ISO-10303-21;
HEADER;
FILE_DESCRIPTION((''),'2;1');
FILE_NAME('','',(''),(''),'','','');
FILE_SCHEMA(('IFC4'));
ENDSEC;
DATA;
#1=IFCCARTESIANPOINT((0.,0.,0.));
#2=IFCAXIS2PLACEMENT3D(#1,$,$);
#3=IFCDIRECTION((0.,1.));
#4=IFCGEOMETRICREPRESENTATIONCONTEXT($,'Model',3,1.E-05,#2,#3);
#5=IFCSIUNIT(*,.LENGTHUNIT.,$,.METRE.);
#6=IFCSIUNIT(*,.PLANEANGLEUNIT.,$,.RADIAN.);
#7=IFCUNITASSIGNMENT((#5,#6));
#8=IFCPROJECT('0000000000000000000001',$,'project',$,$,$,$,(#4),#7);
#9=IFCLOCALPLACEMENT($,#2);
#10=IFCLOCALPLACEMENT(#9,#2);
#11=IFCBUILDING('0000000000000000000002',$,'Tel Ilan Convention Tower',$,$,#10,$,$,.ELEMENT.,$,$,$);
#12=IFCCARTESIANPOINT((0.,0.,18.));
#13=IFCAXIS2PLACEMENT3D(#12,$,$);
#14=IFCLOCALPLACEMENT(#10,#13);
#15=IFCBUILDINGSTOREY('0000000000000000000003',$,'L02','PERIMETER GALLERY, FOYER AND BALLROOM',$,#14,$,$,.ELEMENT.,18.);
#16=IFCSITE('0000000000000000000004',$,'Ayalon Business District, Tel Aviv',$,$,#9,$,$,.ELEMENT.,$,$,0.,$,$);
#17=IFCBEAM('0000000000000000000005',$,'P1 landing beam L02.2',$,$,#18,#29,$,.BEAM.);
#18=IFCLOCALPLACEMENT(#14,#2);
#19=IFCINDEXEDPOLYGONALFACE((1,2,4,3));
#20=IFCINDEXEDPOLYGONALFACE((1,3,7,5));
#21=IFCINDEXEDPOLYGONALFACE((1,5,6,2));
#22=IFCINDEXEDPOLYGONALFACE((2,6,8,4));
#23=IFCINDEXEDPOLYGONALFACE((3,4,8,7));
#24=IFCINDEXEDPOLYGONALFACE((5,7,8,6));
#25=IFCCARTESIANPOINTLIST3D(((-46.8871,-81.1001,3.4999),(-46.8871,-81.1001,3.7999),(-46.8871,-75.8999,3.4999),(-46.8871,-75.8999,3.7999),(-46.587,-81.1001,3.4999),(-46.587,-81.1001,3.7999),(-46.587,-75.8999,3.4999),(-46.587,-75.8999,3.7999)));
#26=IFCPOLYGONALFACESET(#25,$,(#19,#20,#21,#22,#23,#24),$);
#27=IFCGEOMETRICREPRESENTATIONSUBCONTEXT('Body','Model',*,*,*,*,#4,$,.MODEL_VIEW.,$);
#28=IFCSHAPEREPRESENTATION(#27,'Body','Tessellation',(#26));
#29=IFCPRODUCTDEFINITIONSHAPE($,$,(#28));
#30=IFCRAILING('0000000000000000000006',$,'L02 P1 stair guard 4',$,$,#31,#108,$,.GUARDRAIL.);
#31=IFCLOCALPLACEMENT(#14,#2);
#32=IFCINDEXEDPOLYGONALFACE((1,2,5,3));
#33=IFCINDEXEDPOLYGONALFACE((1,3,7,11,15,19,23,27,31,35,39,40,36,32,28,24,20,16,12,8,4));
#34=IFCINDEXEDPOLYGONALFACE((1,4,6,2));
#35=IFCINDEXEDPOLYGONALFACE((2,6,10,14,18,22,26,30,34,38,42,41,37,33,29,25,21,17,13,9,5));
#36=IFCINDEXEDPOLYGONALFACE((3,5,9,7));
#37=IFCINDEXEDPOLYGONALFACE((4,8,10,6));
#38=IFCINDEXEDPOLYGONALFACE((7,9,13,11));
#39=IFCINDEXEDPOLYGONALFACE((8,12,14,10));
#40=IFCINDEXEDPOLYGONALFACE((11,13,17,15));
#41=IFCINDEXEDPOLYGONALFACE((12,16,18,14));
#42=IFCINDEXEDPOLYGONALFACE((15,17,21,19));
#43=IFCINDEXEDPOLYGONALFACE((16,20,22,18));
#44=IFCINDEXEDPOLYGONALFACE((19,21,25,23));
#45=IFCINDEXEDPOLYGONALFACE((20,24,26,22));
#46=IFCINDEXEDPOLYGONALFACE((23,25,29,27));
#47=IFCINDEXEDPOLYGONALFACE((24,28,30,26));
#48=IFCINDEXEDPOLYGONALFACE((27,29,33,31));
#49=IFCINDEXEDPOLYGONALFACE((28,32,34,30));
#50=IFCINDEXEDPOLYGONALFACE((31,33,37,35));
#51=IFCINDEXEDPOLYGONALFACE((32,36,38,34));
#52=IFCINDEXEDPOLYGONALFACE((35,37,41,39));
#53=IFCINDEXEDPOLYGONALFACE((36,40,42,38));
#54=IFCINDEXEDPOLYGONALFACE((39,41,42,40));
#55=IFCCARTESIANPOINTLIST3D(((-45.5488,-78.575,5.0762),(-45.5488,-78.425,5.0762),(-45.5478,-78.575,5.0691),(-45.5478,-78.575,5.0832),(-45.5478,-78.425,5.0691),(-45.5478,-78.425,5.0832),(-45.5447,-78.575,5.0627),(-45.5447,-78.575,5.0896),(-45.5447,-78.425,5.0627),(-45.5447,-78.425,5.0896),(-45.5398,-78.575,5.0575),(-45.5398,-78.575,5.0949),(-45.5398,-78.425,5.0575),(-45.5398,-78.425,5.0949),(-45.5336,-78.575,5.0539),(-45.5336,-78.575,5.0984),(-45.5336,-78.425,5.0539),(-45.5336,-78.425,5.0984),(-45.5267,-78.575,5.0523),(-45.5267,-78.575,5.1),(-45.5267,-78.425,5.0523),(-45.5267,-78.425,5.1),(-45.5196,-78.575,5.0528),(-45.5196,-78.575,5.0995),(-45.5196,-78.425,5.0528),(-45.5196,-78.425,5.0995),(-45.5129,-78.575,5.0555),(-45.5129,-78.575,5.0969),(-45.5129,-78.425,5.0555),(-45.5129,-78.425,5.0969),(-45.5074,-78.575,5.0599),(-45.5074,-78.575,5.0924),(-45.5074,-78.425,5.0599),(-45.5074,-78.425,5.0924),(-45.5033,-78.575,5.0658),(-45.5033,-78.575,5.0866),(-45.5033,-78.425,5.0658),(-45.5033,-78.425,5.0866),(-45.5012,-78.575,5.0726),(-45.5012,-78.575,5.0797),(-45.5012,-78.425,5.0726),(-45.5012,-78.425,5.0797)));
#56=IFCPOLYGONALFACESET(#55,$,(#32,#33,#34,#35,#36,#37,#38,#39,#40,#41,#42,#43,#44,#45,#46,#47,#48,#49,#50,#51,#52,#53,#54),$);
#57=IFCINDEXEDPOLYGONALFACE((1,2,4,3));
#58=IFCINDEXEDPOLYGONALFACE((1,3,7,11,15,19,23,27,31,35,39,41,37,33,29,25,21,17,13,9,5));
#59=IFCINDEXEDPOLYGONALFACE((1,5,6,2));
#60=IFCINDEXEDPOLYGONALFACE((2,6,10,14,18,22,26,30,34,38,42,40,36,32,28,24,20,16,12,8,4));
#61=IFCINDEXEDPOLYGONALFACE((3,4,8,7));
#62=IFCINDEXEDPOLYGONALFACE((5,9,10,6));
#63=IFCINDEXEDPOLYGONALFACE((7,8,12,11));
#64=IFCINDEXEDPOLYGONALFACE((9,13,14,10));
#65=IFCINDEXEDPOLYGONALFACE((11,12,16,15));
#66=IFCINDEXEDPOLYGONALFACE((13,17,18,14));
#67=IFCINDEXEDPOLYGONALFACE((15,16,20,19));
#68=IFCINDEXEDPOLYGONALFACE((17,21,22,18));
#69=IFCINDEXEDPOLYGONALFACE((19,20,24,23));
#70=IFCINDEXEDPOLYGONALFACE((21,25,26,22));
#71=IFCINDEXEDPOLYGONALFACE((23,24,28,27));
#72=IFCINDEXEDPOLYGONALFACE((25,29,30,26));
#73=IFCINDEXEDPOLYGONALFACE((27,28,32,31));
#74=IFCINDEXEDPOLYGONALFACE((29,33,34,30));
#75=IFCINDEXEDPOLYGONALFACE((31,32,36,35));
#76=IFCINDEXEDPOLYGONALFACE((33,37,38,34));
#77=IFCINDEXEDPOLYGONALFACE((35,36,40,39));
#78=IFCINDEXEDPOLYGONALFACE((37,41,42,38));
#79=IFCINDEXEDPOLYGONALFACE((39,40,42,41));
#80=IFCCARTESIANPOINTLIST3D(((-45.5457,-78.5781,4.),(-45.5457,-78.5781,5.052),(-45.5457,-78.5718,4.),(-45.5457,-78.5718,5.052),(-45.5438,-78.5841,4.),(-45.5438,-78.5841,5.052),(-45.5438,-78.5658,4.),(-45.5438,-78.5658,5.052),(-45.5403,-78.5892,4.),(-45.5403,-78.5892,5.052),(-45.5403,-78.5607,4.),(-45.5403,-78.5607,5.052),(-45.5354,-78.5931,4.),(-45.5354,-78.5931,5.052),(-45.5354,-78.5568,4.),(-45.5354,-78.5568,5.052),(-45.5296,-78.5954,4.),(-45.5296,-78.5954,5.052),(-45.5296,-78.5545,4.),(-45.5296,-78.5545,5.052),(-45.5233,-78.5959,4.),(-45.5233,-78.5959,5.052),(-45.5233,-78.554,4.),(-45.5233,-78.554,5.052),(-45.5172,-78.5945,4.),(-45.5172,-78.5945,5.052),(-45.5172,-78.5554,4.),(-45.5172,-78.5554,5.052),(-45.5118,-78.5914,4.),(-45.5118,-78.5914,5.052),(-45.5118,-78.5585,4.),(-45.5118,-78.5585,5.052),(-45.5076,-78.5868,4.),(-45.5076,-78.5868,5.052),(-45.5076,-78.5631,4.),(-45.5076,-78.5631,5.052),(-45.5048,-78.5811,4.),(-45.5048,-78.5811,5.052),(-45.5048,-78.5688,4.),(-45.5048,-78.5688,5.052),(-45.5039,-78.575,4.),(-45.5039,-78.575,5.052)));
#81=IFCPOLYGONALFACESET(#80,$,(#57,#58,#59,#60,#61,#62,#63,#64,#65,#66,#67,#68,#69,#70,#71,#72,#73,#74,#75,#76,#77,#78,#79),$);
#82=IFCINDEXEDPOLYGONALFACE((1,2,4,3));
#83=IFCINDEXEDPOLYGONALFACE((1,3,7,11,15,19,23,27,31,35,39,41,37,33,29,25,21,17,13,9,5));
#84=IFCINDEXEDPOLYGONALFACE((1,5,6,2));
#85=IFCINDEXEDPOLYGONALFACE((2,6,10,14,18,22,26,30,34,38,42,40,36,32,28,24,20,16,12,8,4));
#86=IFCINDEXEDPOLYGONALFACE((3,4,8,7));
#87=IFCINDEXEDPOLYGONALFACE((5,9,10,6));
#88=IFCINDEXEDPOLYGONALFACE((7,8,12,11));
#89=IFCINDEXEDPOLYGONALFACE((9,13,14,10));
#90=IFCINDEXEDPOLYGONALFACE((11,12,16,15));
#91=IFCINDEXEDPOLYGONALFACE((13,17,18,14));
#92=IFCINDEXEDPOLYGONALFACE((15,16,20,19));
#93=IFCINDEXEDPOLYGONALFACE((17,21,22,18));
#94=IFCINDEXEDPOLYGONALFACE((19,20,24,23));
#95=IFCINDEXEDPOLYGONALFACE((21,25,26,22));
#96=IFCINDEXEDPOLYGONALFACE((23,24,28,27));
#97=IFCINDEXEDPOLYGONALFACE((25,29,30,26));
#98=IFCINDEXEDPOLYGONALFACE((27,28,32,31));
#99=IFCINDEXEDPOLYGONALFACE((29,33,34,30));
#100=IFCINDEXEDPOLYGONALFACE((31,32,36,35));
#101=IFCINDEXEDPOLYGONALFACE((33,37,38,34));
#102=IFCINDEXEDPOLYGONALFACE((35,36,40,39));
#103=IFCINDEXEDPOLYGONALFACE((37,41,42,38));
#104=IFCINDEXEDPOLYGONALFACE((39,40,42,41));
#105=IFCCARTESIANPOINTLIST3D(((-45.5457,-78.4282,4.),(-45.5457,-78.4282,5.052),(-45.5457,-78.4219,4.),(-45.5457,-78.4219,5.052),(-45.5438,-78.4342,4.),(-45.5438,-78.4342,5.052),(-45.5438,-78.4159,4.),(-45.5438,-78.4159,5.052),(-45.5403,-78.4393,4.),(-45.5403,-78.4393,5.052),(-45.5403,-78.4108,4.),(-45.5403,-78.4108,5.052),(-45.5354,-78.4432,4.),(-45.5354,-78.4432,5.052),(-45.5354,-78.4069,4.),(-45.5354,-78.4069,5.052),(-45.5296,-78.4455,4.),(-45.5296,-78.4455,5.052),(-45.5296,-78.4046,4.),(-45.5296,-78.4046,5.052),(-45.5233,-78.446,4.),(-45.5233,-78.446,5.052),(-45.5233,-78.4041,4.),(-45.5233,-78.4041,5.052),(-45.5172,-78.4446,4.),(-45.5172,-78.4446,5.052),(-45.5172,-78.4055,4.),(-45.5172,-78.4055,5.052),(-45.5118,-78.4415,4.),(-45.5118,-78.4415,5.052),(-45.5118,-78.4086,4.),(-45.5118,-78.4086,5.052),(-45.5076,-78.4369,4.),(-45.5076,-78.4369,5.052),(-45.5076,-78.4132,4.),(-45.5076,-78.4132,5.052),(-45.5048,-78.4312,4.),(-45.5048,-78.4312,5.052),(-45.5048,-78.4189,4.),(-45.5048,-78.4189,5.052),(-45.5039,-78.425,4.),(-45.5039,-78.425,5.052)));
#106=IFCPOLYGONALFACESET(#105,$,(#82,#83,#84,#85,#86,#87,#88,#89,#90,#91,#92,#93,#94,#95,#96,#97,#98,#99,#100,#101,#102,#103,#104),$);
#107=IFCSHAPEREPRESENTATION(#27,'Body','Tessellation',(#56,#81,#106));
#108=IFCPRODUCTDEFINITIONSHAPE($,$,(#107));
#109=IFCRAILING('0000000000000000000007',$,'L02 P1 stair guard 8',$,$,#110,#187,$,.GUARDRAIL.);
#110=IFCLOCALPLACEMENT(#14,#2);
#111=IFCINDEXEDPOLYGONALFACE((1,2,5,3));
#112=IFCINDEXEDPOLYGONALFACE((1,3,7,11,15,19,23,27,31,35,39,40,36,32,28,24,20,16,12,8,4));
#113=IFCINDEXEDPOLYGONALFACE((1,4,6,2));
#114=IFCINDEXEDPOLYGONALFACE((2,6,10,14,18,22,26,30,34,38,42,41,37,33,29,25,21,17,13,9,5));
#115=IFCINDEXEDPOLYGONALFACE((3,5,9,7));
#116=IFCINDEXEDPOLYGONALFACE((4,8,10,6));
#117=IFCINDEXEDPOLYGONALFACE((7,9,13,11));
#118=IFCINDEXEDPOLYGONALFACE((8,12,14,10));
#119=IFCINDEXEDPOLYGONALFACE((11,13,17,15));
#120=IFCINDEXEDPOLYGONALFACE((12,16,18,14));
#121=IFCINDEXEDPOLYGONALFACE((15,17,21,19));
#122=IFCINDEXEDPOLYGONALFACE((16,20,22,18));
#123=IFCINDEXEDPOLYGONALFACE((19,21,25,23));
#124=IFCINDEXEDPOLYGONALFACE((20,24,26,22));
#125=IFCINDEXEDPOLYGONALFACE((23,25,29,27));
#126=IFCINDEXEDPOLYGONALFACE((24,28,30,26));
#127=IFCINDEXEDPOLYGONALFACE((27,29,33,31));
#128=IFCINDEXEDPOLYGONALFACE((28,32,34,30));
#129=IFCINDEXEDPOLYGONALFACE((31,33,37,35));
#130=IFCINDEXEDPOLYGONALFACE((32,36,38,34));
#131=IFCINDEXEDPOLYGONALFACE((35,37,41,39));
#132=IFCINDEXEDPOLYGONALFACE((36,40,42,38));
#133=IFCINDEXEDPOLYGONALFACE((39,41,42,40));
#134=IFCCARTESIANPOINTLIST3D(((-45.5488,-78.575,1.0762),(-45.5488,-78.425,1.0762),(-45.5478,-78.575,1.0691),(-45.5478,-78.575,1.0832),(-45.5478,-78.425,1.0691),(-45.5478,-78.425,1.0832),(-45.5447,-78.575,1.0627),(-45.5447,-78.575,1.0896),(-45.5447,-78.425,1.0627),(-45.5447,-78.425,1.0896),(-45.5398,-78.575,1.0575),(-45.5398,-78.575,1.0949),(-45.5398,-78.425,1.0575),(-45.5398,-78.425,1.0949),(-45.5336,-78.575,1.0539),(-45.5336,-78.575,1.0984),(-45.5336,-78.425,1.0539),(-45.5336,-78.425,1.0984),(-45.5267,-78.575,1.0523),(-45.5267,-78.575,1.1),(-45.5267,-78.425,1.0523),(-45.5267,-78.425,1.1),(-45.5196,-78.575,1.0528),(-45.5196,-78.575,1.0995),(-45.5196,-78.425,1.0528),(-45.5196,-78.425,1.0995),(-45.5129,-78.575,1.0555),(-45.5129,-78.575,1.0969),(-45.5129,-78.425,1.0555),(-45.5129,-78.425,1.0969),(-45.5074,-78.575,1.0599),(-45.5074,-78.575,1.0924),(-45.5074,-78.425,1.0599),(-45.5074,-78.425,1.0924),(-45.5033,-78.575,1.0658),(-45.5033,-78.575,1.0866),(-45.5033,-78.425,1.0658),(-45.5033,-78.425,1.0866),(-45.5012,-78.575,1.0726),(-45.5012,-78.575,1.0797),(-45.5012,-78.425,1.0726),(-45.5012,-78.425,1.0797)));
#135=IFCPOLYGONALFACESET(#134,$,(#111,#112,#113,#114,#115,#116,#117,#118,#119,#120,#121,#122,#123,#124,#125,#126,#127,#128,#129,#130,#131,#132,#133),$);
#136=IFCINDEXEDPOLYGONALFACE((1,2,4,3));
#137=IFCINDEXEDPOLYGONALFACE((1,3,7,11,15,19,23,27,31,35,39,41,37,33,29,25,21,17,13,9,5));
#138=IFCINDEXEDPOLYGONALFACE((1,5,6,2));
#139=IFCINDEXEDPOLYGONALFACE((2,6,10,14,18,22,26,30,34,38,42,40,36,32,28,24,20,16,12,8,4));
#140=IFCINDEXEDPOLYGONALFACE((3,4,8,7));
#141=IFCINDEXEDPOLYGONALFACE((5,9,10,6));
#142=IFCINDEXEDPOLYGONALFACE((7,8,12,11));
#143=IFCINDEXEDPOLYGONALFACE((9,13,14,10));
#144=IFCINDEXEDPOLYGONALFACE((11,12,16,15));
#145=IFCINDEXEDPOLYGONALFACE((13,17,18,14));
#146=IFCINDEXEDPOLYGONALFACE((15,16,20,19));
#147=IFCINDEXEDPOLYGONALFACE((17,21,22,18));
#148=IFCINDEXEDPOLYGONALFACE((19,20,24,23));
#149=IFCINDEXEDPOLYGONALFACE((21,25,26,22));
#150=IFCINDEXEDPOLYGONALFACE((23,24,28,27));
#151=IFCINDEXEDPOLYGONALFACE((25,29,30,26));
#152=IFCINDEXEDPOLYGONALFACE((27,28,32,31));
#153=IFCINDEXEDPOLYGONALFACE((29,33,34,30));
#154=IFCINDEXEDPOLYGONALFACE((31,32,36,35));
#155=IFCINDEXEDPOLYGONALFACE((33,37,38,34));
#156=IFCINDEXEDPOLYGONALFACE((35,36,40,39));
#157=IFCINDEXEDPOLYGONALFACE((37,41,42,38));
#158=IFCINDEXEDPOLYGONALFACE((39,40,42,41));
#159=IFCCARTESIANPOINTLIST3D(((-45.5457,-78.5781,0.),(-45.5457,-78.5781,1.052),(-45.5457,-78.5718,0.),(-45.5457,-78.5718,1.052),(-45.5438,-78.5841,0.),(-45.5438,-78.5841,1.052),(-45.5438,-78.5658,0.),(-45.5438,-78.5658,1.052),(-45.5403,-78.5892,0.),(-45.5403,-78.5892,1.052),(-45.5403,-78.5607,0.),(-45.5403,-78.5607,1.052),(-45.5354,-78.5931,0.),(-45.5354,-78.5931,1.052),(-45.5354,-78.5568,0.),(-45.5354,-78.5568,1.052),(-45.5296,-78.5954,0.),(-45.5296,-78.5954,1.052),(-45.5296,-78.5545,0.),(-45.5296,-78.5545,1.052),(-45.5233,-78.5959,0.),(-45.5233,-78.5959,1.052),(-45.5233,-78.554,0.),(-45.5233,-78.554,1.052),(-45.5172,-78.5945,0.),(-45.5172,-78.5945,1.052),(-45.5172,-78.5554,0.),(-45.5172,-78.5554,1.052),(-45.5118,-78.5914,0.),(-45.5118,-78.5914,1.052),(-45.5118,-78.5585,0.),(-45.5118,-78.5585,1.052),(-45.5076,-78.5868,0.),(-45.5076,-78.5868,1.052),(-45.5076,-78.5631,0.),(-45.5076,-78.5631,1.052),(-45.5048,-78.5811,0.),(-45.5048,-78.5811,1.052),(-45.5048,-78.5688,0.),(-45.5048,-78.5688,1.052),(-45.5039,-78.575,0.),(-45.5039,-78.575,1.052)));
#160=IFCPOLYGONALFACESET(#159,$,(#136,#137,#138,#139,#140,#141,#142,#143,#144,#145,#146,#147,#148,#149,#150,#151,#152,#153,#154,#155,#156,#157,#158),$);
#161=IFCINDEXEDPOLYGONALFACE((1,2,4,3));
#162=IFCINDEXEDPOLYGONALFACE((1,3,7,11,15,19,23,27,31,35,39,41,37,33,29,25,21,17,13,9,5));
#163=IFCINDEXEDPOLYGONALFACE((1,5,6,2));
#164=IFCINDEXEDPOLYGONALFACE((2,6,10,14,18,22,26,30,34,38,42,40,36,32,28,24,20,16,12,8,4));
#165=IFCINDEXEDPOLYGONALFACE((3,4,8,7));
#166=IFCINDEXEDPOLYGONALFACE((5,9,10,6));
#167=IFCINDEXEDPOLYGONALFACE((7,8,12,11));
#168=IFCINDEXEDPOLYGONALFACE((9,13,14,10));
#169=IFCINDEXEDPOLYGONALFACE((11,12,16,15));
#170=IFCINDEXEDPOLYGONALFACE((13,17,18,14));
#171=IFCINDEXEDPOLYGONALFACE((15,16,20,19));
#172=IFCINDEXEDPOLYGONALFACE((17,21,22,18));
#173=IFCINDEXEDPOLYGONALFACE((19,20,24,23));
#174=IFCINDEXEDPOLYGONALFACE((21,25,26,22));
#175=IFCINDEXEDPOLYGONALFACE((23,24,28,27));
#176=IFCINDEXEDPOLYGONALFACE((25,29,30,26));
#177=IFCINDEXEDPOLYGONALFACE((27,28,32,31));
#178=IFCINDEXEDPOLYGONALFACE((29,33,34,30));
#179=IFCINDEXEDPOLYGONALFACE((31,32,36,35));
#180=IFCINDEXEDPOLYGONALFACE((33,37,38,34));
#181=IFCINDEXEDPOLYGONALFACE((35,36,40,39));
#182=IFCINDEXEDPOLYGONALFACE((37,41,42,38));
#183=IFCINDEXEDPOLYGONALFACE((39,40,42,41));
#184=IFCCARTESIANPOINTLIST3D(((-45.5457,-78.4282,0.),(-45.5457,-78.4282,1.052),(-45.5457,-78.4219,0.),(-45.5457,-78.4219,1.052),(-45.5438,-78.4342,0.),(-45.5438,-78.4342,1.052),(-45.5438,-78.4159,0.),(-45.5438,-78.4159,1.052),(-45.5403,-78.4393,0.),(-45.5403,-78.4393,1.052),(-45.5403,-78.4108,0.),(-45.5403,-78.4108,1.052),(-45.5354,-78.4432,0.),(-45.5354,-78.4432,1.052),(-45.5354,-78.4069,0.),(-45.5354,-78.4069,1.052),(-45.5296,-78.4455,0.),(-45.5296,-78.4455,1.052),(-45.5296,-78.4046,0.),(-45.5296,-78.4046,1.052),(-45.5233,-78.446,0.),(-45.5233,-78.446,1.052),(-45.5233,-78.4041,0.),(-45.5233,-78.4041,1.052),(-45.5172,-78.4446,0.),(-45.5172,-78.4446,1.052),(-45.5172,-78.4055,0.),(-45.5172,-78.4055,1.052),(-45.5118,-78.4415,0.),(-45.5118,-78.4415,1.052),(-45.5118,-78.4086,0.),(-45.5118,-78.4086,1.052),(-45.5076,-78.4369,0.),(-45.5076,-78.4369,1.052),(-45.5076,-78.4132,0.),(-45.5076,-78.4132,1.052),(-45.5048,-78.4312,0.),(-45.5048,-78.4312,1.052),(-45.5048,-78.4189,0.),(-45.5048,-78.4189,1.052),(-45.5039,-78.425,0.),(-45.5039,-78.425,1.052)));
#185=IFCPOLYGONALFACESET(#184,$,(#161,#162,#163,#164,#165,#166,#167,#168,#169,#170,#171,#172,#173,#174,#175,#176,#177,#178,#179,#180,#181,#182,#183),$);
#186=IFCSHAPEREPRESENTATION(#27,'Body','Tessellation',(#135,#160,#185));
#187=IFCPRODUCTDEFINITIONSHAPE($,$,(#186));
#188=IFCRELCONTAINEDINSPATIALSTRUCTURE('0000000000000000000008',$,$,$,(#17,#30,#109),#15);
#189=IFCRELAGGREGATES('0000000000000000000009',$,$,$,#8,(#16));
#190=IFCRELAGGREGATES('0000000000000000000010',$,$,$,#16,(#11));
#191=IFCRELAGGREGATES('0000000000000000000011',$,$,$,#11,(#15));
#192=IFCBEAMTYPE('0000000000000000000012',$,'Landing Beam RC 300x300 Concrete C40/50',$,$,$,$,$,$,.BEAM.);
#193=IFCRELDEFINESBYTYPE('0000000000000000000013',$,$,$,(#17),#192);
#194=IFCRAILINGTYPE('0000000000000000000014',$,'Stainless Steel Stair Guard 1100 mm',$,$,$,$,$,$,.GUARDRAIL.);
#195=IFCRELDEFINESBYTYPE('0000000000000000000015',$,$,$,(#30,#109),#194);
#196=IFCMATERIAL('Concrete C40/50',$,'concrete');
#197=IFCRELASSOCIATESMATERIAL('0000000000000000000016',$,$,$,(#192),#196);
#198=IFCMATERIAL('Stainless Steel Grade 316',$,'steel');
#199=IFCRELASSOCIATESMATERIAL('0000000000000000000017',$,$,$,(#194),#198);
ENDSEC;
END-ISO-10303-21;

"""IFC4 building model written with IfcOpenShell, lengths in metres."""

from ifc_helpers import new_model, si_unit, direction, frame, origin, origin_2d, place, context, subcontext, project, spatial, rectangle, circle, extrude, material, material_profile, profile_set, type_object, element, save


model = new_model("IFC4")

# Units and contexts
model_context = context("Model", 3, precision=1e-05, world=origin(), true_north=direction((0.0, 1.0)))
body_context = subcontext(model_context, "Body", "Model", "MODEL_VIEW")
ifc_project = project(units=[si_unit("LENGTHUNIT", "METRE"), si_unit("PLANEANGLEUNIT", "RADIAN")], contexts=[model_context])

# Site, building, storey
site_placement = place(None, origin())
site = spatial("IfcSite", under=ifc_project, at=site_placement, Name="Ayalon Business District, Tel Aviv", CompositionType="ELEMENT", RefElevation=0.0)
building_placement = place(site_placement, origin())
building = spatial("IfcBuilding", under=site, at=building_placement, Name="Tel Ilan Convention Tower", CompositionType="ELEMENT")
storey_placement = place(building_placement, frame((0.0, 0.0, 18.0)))
storey = spatial("IfcBuildingStorey", under=building, at=storey_placement, Name="L02", Description="PERIMETER GALLERY, FOYER AND BALLROOM", CompositionType="ELEMENT", Elevation=18.0)

# Beam
ifc_material_1 = material(Name="Concrete C40/50", Category="concrete")
ifc_material_profile = material_profile(ifc_material_1, rectangle(XDim=0.3, YDim=0.3, at=origin_2d()), Name="RC 300x300")
ifc_profile_set = profile_set([ifc_material_profile], Name="Concrete C40/50")
beam_type = type_object("IfcBeamType", Name="Landing Beam RC 300x300 Concrete C40/50", PredefinedType="BEAM", material=ifc_profile_set)
beam_placement = place(storey_placement, frame((-46.7371, -81.1001, 3.6499), z_axis=(0.0, 1.0, 0.0), x_axis=(-1.0, 0.0, 0.0)))
element("IfcBeam", 1, at=beam_placement, inside=storey, type_object=beam_type, Name="P1 landing beam L02.2", PredefinedType="BEAM", context=body_context, shape_type="SweptSolid", body=[
    extrude(rectangle(XDim=0.3, YDim=0.3, at=origin_2d()), origin(), (0.0, 0.0, 1.0), 5.2002),
])

# Railings
ifc_material_2 = material(Name="Stainless Steel Grade 316", Category="steel")
railing_type_1 = type_object("IfcRailingType", Name="Stainless Steel Stair Guard 1100 mm", PredefinedType="GUARDRAIL", material=ifc_material_2)
for number, where, name in (
    (2, (-45.5249, -78.575, 4.0), "L02 P1 stair guard 4"),
    (3, (-45.5249, -78.575, 0.0), "L02 P1 stair guard 8"),
):
    element("IfcRailing", number, at=place(storey_placement, frame(where)), inside=storey, type_object=railing_type_1, Name=name, PredefinedType="GUARDRAIL", context=body_context, shape_type="SweptSolid", body=[
        extrude(circle(Radius=0.0239, at=origin_2d()), frame((0.0, 0.0, 1.0762), z_axis=(0.0, 1.0, 0.0), x_axis=(-1.0, 0.0, 0.0)), (0.0, 0.0, 1.0), 0.1499),
        extrude(circle(Radius=0.021, at=origin_2d()), origin(), (0.0, 0.0, 1.0), 1.052),
        extrude(circle(Radius=0.021, at=origin_2d()), frame((0.0, 0.1499, 0.0)), (0.0, 0.0, 1.0), 1.052),
    ])

save(model, "model.ifc")
